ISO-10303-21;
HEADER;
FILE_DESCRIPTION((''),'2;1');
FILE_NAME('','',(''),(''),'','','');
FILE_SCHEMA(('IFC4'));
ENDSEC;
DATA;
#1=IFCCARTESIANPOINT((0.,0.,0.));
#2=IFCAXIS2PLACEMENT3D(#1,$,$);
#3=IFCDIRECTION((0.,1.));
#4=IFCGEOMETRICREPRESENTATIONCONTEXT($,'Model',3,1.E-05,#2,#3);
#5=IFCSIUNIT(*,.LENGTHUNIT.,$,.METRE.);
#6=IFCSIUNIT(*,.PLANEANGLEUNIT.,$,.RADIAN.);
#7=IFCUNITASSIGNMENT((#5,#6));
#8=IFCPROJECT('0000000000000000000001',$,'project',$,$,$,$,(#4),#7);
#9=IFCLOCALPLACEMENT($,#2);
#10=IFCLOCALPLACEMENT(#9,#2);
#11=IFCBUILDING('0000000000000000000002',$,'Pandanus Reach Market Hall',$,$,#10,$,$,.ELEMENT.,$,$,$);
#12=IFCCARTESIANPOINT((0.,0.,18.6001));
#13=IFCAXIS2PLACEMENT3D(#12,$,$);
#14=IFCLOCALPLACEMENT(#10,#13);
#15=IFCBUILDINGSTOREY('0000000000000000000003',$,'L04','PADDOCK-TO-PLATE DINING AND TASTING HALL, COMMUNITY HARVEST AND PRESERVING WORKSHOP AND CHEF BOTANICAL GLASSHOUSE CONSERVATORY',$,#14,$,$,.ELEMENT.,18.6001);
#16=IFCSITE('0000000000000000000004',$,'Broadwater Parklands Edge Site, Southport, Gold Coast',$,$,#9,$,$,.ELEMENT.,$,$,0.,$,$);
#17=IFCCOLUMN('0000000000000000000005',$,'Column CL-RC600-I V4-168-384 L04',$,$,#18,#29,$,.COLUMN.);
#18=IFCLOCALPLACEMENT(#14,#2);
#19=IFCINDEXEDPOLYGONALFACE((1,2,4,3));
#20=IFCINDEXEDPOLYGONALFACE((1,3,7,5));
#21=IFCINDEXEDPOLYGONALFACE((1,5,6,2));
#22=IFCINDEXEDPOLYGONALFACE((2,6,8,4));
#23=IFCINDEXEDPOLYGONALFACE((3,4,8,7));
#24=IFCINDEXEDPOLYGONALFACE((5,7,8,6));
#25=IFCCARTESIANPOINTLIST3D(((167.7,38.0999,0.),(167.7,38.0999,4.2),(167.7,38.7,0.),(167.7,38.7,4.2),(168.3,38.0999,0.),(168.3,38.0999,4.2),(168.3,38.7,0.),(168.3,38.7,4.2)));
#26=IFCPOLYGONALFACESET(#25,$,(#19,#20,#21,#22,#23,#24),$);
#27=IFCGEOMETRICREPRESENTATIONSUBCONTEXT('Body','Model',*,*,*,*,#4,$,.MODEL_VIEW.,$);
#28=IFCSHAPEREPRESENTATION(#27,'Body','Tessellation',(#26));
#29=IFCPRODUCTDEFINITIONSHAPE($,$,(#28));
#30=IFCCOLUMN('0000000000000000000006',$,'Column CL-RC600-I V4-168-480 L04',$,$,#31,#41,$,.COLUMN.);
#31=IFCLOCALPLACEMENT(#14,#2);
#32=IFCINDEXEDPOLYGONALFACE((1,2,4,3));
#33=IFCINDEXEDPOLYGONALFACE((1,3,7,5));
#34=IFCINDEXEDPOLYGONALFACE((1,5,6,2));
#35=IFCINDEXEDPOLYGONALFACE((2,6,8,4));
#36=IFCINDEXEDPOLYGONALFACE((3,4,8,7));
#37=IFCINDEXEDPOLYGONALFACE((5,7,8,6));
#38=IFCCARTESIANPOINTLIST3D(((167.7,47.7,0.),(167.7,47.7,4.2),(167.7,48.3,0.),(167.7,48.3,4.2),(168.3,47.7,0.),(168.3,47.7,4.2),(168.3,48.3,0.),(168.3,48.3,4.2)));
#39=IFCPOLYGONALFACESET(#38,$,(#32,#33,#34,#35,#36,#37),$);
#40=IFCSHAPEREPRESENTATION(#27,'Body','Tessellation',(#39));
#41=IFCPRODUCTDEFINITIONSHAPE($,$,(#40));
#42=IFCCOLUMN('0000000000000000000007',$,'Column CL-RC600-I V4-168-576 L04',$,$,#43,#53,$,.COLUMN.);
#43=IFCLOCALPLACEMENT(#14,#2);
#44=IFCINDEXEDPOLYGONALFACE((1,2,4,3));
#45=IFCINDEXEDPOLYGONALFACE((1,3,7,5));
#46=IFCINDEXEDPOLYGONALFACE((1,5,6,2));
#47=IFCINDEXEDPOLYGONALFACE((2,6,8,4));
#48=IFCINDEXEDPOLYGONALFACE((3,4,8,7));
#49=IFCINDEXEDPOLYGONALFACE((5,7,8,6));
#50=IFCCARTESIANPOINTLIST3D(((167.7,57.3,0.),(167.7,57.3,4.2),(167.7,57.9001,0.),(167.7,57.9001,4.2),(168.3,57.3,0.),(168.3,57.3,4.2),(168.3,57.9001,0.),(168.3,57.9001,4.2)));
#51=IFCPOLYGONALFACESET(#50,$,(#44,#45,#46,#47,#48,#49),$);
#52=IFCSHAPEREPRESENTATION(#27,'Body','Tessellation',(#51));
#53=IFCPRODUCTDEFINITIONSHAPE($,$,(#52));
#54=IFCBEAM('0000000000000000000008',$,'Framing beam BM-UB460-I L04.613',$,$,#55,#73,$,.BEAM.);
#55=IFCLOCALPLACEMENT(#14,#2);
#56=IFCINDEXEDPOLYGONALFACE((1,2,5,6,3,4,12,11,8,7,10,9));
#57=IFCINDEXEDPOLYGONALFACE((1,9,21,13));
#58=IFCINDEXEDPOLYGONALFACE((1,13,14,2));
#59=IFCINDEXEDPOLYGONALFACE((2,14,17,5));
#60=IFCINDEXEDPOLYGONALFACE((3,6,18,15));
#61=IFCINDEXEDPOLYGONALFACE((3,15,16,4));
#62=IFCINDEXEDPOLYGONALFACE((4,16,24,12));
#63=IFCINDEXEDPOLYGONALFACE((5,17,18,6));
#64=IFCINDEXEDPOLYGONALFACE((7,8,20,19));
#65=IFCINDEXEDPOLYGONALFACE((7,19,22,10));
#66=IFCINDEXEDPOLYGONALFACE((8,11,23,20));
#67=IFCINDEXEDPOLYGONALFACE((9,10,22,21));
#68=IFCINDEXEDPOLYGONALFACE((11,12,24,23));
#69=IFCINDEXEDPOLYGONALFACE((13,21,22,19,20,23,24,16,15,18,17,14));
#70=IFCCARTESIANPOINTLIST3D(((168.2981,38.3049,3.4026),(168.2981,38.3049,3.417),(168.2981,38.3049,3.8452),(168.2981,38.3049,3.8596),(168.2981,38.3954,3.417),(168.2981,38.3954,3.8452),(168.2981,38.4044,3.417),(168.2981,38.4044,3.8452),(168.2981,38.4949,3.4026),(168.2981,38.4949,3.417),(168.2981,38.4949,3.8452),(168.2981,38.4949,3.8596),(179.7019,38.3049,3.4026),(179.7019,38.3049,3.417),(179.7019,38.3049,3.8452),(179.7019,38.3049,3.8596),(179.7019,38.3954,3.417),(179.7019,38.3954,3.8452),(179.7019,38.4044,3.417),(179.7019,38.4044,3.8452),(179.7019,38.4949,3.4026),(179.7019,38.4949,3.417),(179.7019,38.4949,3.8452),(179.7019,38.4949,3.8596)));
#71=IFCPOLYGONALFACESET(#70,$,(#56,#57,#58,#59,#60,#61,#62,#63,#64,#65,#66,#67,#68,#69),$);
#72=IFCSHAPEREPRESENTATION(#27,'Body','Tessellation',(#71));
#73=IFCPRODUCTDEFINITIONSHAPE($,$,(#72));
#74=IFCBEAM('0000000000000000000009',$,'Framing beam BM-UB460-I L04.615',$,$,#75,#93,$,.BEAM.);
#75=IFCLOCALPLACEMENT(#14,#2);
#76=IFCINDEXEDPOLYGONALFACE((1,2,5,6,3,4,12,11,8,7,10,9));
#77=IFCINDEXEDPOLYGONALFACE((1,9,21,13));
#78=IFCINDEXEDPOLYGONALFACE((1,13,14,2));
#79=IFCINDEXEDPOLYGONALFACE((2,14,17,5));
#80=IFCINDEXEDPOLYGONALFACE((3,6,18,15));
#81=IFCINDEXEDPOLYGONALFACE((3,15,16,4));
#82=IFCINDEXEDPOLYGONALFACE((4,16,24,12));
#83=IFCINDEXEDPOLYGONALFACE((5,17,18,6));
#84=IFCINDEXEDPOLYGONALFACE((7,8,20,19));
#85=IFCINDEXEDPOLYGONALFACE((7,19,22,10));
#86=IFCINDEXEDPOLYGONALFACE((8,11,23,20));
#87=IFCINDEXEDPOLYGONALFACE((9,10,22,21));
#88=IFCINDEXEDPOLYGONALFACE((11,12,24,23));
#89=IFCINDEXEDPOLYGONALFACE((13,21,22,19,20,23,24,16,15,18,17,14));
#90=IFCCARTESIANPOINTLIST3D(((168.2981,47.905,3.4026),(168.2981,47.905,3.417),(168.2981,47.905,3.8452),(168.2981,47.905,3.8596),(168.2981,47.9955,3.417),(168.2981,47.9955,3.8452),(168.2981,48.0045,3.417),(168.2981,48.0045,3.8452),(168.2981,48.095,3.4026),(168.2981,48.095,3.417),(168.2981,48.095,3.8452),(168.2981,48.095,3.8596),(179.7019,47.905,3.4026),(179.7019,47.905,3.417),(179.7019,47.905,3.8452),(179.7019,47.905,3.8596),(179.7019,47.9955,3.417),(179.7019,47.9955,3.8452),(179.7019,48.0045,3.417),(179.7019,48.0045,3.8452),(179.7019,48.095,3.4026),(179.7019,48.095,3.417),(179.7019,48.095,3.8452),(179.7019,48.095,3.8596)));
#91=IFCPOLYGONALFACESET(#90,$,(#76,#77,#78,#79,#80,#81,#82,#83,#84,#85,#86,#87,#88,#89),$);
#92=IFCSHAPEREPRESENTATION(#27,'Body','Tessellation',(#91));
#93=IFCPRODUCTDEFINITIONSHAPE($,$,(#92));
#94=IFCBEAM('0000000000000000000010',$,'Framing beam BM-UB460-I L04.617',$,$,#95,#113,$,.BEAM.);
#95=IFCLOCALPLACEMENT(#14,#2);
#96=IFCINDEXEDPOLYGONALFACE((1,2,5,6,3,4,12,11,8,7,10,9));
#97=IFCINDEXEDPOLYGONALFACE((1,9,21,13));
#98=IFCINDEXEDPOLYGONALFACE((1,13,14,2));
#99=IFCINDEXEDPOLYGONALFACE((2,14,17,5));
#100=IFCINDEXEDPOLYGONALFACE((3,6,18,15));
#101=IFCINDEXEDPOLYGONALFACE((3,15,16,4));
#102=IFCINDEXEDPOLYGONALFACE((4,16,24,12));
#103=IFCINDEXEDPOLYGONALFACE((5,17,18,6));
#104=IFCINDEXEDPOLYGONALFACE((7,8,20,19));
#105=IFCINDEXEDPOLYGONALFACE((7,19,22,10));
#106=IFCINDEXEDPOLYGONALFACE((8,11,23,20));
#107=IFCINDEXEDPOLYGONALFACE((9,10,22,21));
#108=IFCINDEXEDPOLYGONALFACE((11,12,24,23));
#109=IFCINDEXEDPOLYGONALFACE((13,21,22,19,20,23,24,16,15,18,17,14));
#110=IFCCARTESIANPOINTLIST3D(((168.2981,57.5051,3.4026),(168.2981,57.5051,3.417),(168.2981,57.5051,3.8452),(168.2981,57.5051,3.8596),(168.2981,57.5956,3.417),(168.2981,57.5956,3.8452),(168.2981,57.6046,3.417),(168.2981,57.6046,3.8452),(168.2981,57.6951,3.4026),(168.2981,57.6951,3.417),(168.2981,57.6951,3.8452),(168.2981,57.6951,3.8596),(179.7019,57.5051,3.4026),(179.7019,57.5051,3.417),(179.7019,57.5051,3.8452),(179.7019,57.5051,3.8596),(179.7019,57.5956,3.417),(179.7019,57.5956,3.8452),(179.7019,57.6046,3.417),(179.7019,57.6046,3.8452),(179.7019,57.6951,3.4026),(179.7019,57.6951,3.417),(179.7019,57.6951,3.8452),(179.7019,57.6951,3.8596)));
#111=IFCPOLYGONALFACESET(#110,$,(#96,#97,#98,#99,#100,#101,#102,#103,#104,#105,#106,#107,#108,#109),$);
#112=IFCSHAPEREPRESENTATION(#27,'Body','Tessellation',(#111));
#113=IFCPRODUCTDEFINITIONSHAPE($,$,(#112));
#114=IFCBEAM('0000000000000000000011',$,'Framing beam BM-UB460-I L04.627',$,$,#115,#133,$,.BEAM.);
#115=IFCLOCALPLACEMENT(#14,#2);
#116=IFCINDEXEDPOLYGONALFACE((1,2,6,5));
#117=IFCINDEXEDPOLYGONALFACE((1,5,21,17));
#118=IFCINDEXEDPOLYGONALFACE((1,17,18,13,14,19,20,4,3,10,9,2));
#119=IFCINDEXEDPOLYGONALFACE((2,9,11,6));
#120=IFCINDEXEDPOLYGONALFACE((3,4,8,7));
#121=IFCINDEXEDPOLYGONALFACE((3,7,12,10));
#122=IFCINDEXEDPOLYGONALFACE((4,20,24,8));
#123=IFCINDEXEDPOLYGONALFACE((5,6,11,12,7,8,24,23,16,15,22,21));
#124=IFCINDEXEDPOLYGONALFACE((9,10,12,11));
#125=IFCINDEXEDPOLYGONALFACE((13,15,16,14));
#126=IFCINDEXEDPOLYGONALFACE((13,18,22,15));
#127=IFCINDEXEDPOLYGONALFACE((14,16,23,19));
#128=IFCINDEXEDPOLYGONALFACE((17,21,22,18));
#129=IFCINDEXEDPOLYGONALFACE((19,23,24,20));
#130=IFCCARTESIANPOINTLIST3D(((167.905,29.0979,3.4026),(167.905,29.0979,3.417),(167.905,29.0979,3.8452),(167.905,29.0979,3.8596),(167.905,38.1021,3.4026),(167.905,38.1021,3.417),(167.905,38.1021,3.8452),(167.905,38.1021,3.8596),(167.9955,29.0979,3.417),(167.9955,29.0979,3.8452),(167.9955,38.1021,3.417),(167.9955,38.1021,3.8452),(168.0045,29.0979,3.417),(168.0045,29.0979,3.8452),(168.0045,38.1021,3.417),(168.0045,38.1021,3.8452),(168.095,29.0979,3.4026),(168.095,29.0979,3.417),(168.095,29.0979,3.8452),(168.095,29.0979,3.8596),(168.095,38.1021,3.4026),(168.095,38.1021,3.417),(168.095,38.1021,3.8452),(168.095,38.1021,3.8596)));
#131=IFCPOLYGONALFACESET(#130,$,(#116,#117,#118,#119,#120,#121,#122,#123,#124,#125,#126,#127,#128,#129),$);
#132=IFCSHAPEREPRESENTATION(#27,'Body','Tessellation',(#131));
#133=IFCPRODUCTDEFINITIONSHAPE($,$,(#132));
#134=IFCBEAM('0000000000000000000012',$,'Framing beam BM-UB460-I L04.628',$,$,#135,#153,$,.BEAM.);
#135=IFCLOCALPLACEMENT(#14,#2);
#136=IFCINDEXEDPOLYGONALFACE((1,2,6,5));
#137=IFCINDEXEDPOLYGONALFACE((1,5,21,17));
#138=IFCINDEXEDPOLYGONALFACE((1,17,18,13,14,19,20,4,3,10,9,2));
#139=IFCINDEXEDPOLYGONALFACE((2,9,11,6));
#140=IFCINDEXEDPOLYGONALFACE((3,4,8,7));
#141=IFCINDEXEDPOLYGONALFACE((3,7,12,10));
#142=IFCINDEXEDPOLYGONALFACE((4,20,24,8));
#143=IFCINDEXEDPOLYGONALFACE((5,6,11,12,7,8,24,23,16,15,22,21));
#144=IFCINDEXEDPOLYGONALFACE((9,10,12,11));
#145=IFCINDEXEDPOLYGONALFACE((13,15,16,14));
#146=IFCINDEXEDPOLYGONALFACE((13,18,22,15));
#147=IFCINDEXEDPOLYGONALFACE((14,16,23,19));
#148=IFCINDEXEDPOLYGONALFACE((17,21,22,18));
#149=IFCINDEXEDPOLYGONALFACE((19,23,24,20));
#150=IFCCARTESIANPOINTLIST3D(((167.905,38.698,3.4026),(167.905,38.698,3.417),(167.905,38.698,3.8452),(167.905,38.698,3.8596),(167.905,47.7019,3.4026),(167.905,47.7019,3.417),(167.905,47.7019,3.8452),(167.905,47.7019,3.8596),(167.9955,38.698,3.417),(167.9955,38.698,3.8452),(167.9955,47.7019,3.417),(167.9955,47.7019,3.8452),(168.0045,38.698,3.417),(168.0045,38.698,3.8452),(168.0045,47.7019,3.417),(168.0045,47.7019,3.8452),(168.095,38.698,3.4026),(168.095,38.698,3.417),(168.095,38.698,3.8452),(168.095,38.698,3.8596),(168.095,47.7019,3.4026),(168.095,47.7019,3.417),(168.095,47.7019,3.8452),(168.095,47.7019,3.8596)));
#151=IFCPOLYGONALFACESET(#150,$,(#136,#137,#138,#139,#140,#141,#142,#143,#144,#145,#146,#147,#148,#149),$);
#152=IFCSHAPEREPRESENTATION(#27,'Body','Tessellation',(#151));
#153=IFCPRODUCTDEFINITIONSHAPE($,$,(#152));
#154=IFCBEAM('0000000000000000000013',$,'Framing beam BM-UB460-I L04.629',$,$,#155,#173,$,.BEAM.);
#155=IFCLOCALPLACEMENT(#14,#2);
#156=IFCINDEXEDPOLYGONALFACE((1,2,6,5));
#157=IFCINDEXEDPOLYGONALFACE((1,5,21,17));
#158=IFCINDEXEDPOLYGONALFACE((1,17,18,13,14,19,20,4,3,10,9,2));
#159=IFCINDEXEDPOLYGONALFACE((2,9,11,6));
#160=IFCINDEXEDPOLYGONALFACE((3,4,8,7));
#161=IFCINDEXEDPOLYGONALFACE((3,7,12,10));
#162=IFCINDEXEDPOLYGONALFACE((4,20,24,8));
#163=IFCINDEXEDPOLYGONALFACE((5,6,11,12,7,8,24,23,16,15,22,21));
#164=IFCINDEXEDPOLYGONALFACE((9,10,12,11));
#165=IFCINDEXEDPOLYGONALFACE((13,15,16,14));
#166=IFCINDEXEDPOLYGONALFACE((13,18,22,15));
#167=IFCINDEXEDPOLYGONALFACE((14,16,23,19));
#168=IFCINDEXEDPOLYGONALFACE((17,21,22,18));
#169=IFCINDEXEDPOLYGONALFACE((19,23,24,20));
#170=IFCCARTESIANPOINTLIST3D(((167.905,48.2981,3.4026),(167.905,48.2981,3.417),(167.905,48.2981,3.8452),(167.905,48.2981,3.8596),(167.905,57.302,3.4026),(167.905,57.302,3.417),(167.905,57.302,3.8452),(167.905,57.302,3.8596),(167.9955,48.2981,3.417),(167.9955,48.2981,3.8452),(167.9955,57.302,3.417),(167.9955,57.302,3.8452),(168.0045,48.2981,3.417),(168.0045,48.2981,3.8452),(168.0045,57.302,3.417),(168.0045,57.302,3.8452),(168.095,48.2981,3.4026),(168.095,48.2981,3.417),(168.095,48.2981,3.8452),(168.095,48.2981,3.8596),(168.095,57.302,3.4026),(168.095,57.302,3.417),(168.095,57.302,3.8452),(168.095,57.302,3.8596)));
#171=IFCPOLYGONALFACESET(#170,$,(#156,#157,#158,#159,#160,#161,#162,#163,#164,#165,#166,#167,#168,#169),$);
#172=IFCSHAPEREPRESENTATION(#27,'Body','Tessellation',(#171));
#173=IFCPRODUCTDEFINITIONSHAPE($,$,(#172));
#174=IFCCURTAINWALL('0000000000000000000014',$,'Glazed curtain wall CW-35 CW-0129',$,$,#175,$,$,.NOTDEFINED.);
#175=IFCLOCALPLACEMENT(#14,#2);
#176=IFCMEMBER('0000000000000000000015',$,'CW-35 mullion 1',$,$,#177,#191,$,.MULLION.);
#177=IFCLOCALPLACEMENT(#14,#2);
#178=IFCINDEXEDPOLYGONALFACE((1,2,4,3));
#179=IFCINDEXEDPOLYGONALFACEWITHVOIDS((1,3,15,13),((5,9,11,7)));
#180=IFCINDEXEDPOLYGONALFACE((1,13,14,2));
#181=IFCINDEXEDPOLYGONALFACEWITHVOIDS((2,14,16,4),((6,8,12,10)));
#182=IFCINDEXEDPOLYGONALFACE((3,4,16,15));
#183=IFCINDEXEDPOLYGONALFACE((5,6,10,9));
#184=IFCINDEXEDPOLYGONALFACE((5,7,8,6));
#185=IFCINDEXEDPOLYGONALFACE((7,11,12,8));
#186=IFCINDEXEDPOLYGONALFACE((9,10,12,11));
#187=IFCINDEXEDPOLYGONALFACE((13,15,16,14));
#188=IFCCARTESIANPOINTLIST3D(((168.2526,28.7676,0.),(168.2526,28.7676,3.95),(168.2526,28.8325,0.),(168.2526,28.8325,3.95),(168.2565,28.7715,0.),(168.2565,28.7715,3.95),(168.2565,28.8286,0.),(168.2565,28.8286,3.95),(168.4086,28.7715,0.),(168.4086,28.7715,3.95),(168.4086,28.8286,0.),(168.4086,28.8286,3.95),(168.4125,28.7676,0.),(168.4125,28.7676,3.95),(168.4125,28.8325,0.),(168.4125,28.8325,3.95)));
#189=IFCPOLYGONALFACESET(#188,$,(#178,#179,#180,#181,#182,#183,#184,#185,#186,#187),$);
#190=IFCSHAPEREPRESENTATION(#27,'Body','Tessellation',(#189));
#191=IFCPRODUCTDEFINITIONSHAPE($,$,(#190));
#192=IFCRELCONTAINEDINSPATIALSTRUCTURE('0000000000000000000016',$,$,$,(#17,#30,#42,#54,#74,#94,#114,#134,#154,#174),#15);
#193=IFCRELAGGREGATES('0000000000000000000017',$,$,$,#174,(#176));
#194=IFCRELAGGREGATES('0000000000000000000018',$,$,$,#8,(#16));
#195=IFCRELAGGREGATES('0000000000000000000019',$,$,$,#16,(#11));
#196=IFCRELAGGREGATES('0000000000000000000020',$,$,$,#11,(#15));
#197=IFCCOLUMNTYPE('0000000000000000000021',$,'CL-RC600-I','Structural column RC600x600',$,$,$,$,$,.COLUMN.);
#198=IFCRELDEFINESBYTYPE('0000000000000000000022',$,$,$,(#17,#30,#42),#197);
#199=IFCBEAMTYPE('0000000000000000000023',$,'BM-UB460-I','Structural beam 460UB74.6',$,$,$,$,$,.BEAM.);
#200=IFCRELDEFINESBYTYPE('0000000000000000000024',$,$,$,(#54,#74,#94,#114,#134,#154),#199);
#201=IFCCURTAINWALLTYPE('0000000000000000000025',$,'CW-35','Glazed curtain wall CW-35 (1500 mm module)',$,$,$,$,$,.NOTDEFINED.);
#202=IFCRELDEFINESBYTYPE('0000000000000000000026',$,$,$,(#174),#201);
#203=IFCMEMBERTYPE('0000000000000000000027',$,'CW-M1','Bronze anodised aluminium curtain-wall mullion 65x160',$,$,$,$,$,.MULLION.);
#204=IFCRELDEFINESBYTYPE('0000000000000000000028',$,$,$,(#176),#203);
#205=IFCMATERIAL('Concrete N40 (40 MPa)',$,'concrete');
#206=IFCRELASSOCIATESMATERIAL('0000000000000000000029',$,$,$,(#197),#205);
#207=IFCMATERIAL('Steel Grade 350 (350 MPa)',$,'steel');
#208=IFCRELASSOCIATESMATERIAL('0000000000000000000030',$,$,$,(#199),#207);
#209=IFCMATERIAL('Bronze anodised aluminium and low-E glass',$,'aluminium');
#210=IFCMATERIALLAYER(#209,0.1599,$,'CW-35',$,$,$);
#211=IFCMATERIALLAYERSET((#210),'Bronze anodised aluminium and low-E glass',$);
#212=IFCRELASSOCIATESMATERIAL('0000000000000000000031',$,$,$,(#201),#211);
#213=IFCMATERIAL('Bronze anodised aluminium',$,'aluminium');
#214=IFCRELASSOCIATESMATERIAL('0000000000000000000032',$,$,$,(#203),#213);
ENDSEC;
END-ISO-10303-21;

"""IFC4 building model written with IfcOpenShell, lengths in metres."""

from ifc_helpers import new_model, si_unit, direction, frame, origin, origin_2d, place, context, subcontext, project, spatial, rectangle, hollow_rectangle, i_section, extrude, material, layer, layer_set, material_profile, profile_set, type_object, element, aggregate, save


model = new_model("IFC4")

# Units and contexts
model_context = context("Model", 3, precision=1e-05, world=origin(), true_north=direction((0.0, 1.0)))
body_context = subcontext(model_context, "Body", "Model", "MODEL_VIEW")
ifc_project = project(units=[si_unit("LENGTHUNIT", "METRE"), si_unit("PLANEANGLEUNIT", "RADIAN")], contexts=[model_context])

# Site, building, storey
site_placement = place(None, origin())
site = spatial("IfcSite", under=ifc_project, at=site_placement, Name="Broadwater Parklands Edge Site, Southport, Gold Coast", CompositionType="ELEMENT", RefElevation=0.0)
building_placement = place(site_placement, origin())
building = spatial("IfcBuilding", under=site, at=building_placement, Name="Pandanus Reach Market Hall", CompositionType="ELEMENT")
storey_placement = place(building_placement, frame((0.0, 0.0, 18.6001)))
storey = spatial("IfcBuildingStorey", under=building, at=storey_placement, Name="L04", Description="PADDOCK-TO-PLATE DINING AND TASTING HALL, COMMUNITY HARVEST AND PRESERVING WORKSHOP AND CHEF BOTANICAL GLASSHOUSE CONSERVATORY", CompositionType="ELEMENT", Elevation=18.6001)

# Columns
ifc_material_1 = material(Name="Concrete N40 (40 MPa)", Category="concrete")
ifc_material_profile_1 = material_profile(ifc_material_1, rectangle(XDim=0.6001, YDim=0.6001, at=origin_2d()), Name="RC600x600", Category="LoadBearing")
ifc_profile_set_1 = profile_set([ifc_material_profile_1], Name="Concrete N40 (40 MPa)")
column_type = type_object("IfcColumnType", Name="CL-RC600-I", Description="Structural column RC600x600", PredefinedType="COLUMN", material=ifc_profile_set_1)
for number, where, z_axis, x_axis, name in (
    (1, (168.0, 38.3999, 0.0), (0.0, 0.0, 1.0), (1.0, 0.0, 0.0), "Column CL-RC600-I V4-168-384 L04"),
    (2, (168.0, 48.0, 0.0), (0.0, 0.0, 1.0), (1.0, 0.0, 0.0), "Column CL-RC600-I V4-168-480 L04"),
    (3, (168.0, 57.6001, 0.0), (0.0, 0.0, 1.0), (1.0, 0.0, 0.0), "Column CL-RC600-I V4-168-576 L04"),
):
    element("IfcColumn", number, at=place(storey_placement, frame(where, z_axis=z_axis, x_axis=x_axis)), inside=storey, type_object=column_type, Name=name, PredefinedType="COLUMN", context=body_context, shape_type="SweptSolid", body=[
        extrude(rectangle(XDim=0.6001, YDim=0.6001, at=origin_2d()), origin(), (0.0, 0.0, 1.0), 4.2),
    ])

# Beams
ifc_material_2 = material(Name="Steel Grade 350 (350 MPa)", Category="steel")
ifc_material_profile_2 = material_profile(ifc_material_2, i_section(OverallWidth=0.1899, OverallDepth=0.457, WebThickness=0.009, FlangeThickness=0.0144, at=origin_2d()), Name="460UB74.6", Category="LoadBearing")
ifc_profile_set_2 = profile_set([ifc_material_profile_2], Name="Steel Grade 350 (350 MPa)")
beam_type_1 = type_object("IfcBeamType", Name="BM-UB460-I", Description="Structural beam 460UB74.6", PredefinedType="BEAM", material=ifc_profile_set_2)
for number, where, z_axis, x_axis, name in (
    (4, (168.2981, 38.3999, 3.6311), (1.0, 0.0, 0.0), (0.0, 1.0, 0.0), "Framing beam BM-UB460-I L04.613"),
    (5, (168.2981, 48.0, 3.6311), (1.0, 0.0, 0.0), (0.0, 1.0, 0.0), "Framing beam BM-UB460-I L04.615"),
    (6, (168.2981, 57.6001, 3.6311), (1.0, 0.0, 0.0), (0.0, 1.0, 0.0), "Framing beam BM-UB460-I L04.617"),
):
    element("IfcBeam", number, at=place(storey_placement, frame(where, z_axis=z_axis, x_axis=x_axis)), inside=storey, type_object=beam_type_1, Name=name, PredefinedType="BEAM", context=body_context, shape_type="SweptSolid", body=[
        extrude(i_section(OverallWidth=0.1899, OverallDepth=0.457, WebThickness=0.009, FlangeThickness=0.0144, at=origin_2d()), origin(), (0.0, 0.0, 1.0), 11.4038),
    ])
beam_placement = place(storey_placement, frame((168.0, 29.0979, 3.6311), z_axis=(0.0, 1.0, 0.0), x_axis=(-1.0, 0.0, 0.0)))
element("IfcBeam", 7, at=beam_placement, inside=storey, type_object=beam_type_1, Name="Framing beam BM-UB460-I L04.627", PredefinedType="BEAM", context=body_context, shape_type="SweptSolid", body=[
    extrude(i_section(OverallWidth=0.1899, OverallDepth=0.457, WebThickness=0.009, FlangeThickness=0.0144, at=origin_2d()), origin(), (0.0, 0.0, 1.0), 9.0042),
])
for number, where, z_axis, x_axis, name in (
    (8, (168.0, 38.698, 3.6311), (0.0, 1.0, 0.0), (-1.0, 0.0, 0.0), "Framing beam BM-UB460-I L04.628"),
    (9, (168.0, 48.2981, 3.6311), (0.0, 1.0, 0.0), (-1.0, 0.0, 0.0), "Framing beam BM-UB460-I L04.629"),
):
    element("IfcBeam", number, at=place(storey_placement, frame(where, z_axis=z_axis, x_axis=x_axis)), inside=storey, type_object=beam_type_1, Name=name, PredefinedType="BEAM", context=body_context, shape_type="SweptSolid", body=[
        extrude(i_section(OverallWidth=0.1899, OverallDepth=0.457, WebThickness=0.009, FlangeThickness=0.0144, at=origin_2d()), origin(), (0.0, 0.0, 1.0), 9.0039),
    ])

# Curtain wall, member
ifc_material_3 = material(Name="Bronze anodised aluminium and low-E glass", Category="aluminium")
ifc_layer_1 = layer(ifc_material_3, 0.1599, Name="CW-35")
ifc_layer_set_1 = layer_set([ifc_layer_1], Name="Bronze anodised aluminium and low-E glass")
curtain_wall_type = type_object("IfcCurtainWallType", Name="CW-35", Description="Glazed curtain wall CW-35 (1500 mm module)", PredefinedType="NOTDEFINED", material=ifc_layer_set_1)
curtain_wall_placement = place(storey_placement, origin())
curtain_wall = element("IfcCurtainWall", 10, at=curtain_wall_placement, inside=storey, type_object=curtain_wall_type, Name="Glazed curtain wall CW-35 CW-0129", PredefinedType="NOTDEFINED")
ifc_material_4 = material(Name="Bronze anodised aluminium", Category="aluminium")
ifc_material_profile_3 = material_profile(ifc_material_4, hollow_rectangle(XDim=0.0649, YDim=0.1599, WallThickness=0.0039, at=origin_2d()), Name="ALU65x160", Category="LoadBearing")
ifc_profile_set_3 = profile_set([ifc_material_profile_3], Name="Bronze anodised aluminium")
member_type_1 = type_object("IfcMemberType", Name="CW-M1", Description="Bronze anodised aluminium curtain-wall mullion 65x160", PredefinedType="MULLION", material=ifc_profile_set_3)
member_1_placement = place(storey_placement, frame((168.3325, 28.8, 0.0), z_axis=(0.0, 0.0, 1.0), x_axis=(0.0, 1.0, 0.0)))
member_1 = element("IfcMember", 11, at=member_1_placement, type_object=member_type_1, Name="CW-35 mullion 1", PredefinedType="MULLION", context=body_context, shape_type="SweptSolid", body=[
    extrude(hollow_rectangle(XDim=0.0649, YDim=0.1599, WallThickness=0.0039, at=origin_2d()), origin(), (0.0, 0.0, 1.0), 3.95),
])
aggregate(curtain_wall, [member_1])

save(model, "model.ifc")
